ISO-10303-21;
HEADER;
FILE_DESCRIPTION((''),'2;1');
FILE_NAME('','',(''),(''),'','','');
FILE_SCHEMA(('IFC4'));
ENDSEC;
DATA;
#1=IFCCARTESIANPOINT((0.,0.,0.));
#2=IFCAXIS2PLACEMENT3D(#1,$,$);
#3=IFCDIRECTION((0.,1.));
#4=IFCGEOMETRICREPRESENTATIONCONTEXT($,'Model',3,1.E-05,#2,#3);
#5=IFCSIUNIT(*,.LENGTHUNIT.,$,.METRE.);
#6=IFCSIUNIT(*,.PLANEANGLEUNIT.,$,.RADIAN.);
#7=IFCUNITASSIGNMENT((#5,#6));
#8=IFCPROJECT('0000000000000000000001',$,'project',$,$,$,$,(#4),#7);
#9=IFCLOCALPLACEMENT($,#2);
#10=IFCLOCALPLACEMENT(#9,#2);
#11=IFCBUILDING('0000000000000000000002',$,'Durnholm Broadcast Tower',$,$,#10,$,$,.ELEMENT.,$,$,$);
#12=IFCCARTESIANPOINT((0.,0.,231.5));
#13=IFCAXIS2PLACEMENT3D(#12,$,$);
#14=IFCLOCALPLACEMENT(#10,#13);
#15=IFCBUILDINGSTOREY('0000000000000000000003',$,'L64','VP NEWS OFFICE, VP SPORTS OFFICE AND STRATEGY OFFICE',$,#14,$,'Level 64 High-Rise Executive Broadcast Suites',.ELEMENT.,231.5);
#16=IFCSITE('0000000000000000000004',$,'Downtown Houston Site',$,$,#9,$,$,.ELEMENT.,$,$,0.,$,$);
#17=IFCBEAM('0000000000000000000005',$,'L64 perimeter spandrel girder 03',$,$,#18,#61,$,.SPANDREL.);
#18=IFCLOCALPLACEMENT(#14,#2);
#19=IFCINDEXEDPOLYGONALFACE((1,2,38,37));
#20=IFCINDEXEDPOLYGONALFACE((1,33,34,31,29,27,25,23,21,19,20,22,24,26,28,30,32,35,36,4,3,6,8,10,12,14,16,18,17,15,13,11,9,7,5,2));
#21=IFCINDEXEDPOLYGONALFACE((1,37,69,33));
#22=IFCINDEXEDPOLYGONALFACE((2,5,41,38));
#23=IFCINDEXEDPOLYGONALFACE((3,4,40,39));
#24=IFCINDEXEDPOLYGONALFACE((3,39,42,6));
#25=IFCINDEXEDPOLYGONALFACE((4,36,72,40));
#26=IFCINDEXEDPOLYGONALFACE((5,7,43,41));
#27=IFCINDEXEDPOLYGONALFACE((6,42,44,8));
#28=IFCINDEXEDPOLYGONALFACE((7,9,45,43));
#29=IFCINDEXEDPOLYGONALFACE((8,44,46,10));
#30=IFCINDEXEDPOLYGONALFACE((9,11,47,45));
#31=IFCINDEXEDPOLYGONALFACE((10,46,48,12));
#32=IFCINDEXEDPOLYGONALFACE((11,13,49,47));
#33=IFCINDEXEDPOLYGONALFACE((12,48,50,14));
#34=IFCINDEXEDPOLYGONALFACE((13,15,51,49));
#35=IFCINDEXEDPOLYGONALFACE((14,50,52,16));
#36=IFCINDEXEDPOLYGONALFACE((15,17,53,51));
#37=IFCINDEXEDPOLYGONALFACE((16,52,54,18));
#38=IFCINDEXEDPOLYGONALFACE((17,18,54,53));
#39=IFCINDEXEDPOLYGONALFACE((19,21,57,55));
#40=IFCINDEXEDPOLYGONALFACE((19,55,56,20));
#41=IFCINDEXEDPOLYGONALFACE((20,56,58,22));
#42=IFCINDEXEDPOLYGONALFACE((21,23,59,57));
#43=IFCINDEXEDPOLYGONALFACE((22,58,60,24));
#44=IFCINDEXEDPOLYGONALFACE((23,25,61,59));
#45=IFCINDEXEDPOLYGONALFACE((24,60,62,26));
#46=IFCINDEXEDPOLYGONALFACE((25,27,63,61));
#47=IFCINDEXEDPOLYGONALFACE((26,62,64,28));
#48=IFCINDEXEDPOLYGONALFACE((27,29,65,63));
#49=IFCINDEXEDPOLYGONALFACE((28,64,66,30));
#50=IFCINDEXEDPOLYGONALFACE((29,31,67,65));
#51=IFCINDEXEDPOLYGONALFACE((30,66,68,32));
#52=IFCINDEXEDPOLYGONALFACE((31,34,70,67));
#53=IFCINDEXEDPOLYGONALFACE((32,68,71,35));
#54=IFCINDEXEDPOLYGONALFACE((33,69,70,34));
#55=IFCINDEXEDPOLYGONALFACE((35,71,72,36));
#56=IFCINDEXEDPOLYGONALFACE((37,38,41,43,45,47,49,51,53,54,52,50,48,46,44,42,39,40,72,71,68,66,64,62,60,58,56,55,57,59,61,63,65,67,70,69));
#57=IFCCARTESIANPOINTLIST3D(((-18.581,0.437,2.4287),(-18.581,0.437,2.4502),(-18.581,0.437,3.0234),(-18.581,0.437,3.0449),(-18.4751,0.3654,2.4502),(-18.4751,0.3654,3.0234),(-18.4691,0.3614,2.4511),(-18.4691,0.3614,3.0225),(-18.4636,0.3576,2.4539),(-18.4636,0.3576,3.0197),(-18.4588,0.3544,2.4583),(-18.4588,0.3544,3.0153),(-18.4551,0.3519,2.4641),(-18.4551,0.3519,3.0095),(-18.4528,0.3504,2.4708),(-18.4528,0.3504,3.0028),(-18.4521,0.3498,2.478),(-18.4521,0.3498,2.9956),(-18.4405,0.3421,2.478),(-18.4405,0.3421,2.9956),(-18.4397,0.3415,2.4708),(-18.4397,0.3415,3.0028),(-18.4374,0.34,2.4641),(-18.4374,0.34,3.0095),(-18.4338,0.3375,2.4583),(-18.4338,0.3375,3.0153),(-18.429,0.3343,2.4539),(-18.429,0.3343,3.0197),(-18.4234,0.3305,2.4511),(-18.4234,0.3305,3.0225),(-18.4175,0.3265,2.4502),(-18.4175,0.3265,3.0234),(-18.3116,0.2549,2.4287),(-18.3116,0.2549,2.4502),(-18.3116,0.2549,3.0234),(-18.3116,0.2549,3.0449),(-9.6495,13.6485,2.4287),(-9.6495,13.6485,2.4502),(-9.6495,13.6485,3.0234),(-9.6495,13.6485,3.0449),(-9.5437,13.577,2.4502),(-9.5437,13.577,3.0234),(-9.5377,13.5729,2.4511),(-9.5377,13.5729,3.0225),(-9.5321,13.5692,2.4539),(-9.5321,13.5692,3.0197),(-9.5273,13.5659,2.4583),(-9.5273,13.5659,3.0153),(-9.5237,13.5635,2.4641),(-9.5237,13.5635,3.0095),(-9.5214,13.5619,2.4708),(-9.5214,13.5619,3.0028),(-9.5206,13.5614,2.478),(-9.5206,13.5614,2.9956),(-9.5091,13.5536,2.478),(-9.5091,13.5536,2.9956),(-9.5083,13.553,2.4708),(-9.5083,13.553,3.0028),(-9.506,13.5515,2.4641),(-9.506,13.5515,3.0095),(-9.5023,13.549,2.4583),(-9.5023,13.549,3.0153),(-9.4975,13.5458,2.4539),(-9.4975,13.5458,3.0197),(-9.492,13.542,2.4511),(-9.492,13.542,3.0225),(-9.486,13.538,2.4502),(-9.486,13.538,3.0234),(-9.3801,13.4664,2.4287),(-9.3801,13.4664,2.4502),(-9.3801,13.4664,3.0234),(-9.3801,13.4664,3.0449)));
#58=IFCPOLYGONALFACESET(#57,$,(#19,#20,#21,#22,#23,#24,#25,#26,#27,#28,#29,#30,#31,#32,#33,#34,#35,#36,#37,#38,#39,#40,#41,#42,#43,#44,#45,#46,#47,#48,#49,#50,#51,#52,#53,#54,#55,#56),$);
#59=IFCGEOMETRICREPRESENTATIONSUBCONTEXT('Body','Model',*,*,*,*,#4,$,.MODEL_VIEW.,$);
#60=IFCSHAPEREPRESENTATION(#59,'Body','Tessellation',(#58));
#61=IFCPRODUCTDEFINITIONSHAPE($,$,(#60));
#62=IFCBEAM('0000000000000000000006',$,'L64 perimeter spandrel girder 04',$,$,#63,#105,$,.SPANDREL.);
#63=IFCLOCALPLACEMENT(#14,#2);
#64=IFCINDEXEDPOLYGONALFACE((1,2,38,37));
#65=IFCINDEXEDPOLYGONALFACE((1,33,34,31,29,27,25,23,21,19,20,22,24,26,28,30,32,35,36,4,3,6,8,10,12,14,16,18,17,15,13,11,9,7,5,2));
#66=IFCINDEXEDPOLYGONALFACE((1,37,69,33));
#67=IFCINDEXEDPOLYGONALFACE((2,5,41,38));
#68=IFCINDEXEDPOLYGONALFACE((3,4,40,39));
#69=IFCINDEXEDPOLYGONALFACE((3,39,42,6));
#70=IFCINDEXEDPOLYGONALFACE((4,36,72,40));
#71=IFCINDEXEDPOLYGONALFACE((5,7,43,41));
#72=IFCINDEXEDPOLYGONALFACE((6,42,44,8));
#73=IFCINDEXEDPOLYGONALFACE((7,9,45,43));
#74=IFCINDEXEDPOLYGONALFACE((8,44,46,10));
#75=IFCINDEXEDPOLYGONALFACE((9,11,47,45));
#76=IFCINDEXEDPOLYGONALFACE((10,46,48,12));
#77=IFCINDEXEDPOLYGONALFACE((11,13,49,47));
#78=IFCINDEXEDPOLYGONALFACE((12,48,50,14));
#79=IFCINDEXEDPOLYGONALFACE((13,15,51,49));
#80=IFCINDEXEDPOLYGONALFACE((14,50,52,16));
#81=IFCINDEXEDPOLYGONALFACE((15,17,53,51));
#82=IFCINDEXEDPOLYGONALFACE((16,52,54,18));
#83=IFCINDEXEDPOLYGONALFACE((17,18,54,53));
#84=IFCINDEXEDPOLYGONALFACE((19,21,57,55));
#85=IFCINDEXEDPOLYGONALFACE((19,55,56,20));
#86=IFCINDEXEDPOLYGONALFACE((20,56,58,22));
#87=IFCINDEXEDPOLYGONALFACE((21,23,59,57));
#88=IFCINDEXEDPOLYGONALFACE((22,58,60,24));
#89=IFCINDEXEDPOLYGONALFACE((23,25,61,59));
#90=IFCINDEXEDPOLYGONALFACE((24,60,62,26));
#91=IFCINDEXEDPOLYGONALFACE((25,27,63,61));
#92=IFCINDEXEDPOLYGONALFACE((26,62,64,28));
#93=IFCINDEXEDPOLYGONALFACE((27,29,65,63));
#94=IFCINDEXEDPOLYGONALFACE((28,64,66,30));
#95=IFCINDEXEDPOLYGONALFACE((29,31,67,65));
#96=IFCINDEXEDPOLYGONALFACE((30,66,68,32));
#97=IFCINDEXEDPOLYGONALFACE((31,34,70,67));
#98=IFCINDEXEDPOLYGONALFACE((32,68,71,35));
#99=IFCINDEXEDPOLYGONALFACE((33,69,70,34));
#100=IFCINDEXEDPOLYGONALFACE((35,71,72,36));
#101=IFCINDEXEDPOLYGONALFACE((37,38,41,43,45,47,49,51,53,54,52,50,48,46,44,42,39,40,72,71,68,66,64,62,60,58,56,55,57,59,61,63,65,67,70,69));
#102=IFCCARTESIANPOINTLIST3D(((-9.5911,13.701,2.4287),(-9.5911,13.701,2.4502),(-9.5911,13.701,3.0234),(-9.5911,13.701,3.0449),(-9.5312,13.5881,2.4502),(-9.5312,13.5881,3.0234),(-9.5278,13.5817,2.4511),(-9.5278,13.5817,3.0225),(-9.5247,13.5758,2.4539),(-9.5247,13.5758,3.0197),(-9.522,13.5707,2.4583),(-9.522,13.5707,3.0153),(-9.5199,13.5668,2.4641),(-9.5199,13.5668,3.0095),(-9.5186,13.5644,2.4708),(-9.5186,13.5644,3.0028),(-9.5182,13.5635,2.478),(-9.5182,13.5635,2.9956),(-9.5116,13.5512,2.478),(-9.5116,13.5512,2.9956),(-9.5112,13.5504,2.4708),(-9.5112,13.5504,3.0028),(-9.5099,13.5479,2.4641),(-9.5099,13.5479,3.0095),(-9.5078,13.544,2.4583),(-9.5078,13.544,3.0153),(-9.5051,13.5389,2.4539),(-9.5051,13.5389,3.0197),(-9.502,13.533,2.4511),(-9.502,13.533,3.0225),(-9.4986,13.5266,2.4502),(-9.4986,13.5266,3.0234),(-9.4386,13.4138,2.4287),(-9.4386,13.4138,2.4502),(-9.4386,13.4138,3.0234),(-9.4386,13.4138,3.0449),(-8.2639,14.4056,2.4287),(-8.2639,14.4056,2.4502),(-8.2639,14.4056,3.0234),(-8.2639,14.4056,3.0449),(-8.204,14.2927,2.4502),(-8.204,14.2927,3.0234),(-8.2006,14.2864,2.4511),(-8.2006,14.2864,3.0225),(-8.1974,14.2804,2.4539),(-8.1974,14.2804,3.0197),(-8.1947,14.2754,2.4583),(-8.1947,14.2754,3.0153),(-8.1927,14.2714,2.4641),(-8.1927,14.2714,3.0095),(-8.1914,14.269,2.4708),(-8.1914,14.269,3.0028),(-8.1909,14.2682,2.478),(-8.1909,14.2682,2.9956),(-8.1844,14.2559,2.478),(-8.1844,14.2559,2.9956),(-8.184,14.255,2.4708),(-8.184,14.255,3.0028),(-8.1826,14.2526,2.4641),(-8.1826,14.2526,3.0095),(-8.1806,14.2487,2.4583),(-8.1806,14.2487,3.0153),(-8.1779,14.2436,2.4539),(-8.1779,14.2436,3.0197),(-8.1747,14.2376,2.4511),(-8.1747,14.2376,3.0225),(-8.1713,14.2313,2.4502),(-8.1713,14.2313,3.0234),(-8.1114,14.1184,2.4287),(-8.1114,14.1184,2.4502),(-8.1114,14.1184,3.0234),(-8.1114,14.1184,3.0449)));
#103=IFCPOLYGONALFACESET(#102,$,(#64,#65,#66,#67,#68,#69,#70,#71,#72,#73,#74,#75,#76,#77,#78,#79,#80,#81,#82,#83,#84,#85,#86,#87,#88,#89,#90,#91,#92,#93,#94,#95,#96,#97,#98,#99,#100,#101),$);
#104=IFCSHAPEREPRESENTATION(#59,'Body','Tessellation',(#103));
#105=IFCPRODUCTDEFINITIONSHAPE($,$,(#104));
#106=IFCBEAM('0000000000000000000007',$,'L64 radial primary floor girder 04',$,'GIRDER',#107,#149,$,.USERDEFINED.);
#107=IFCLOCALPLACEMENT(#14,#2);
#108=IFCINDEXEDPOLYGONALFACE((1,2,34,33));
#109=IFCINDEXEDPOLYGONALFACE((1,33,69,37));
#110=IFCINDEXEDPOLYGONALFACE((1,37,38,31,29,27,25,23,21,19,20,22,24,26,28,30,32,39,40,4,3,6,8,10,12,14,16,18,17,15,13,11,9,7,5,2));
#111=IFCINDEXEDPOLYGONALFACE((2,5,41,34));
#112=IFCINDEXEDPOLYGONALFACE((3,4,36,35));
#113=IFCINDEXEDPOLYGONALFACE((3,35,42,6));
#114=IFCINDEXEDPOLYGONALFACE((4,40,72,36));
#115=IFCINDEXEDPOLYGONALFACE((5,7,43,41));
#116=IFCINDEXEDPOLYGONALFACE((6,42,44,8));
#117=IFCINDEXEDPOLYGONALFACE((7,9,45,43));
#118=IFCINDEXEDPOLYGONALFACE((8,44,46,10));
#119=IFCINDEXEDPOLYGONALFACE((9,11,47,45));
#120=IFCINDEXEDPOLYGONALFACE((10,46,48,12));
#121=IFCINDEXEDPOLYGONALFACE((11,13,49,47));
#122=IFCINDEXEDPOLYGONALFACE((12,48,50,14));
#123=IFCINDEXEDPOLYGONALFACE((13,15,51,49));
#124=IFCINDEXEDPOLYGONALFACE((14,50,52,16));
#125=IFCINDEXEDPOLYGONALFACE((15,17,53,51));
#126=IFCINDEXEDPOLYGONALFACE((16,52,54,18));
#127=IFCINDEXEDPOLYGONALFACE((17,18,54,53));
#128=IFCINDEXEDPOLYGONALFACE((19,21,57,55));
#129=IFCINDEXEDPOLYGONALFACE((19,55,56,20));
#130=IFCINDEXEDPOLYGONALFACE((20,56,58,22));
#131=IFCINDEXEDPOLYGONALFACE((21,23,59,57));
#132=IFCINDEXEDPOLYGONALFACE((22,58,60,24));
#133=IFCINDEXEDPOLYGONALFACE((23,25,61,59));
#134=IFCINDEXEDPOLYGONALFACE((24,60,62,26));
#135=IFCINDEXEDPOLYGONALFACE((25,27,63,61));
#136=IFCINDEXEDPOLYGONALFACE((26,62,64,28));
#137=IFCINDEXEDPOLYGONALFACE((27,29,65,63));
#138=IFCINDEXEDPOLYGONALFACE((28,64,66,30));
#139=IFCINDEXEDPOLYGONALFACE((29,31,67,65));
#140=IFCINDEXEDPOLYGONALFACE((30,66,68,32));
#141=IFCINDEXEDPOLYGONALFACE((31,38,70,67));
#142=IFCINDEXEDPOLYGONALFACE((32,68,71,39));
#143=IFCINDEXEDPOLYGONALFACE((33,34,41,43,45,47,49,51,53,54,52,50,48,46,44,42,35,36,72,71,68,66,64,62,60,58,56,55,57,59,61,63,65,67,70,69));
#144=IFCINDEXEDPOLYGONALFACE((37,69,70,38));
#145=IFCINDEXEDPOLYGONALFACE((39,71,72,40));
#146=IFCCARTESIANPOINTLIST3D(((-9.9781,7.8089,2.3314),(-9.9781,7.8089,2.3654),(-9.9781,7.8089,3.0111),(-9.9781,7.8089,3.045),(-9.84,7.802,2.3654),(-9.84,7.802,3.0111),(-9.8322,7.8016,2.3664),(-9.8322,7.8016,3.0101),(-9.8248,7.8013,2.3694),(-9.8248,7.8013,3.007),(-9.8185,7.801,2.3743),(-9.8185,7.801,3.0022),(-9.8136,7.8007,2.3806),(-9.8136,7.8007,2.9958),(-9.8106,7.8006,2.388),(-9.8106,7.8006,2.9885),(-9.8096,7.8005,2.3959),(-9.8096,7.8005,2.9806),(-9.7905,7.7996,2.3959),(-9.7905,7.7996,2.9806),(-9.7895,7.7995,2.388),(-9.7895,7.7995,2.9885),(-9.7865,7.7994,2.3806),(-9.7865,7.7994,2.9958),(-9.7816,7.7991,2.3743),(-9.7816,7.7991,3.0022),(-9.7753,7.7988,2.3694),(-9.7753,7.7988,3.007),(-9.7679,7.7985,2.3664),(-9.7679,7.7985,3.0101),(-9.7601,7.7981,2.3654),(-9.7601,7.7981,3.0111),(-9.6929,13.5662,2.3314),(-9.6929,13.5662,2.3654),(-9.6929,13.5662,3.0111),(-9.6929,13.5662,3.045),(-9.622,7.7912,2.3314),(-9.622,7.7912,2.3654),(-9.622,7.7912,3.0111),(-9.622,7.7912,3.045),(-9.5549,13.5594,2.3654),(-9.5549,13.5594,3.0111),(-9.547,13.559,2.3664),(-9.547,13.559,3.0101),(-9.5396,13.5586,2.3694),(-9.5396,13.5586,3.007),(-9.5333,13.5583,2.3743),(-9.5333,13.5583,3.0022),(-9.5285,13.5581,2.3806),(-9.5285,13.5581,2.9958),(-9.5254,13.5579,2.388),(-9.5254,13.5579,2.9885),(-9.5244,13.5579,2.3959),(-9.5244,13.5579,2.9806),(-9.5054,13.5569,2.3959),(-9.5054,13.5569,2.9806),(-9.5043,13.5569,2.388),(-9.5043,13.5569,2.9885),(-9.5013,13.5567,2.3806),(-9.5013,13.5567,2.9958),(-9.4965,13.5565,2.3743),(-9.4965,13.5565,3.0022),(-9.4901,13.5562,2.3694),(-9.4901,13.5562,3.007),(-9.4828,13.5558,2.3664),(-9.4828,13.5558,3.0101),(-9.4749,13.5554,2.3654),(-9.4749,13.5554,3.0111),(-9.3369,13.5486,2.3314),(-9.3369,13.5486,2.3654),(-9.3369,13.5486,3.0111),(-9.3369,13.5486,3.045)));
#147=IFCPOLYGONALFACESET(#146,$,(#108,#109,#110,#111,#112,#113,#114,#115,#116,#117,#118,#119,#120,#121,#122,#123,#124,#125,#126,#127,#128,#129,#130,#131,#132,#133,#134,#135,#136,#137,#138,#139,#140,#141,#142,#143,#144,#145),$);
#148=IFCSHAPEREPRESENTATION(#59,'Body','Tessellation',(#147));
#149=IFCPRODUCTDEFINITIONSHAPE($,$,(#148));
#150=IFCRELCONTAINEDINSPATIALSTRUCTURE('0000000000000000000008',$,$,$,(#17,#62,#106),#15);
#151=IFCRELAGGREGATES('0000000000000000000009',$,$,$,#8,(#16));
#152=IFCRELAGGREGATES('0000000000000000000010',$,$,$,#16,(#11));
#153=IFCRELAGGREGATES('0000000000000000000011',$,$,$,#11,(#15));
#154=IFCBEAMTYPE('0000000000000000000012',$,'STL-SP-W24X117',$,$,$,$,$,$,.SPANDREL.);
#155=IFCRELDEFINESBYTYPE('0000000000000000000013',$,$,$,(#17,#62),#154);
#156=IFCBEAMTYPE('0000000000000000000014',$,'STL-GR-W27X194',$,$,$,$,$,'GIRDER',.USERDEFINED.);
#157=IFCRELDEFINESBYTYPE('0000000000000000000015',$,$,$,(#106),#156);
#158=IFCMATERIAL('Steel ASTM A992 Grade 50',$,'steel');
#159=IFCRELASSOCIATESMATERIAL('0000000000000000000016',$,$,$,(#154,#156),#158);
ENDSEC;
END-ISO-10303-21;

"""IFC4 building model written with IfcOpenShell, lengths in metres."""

from ifc_helpers import new_model, si_unit, direction, frame, origin, origin_2d, place, context, subcontext, project, spatial, i_section, extrude, source, transform, mapped, material, material_profile, profile_set, type_object, type_shapes, element, save


model = new_model("IFC4")

# Units and contexts
model_context = context("Model", 3, precision=1e-05, world=origin(), true_north=direction((0.0, 1.0)))
body_context = subcontext(model_context, "Body", "Model", "MODEL_VIEW")
ifc_project = project(units=[si_unit("LENGTHUNIT", "METRE"), si_unit("PLANEANGLEUNIT", "RADIAN")], contexts=[model_context])

# Site, building, storey
site_placement = place(None, origin())
site = spatial("IfcSite", under=ifc_project, at=site_placement, Name="Downtown Houston Site", CompositionType="ELEMENT", RefElevation=0.0)
building_placement = place(site_placement, origin())
building = spatial("IfcBuilding", under=site, at=building_placement, Name="Durnholm Broadcast Tower", CompositionType="ELEMENT")
storey_placement = place(building_placement, frame((0.0, 0.0, 231.5)))
storey = spatial("IfcBuildingStorey", under=building, at=storey_placement, Name="L64", Description="VP NEWS OFFICE, VP SPORTS OFFICE AND STRATEGY OFFICE", LongName="Level 64 High-Rise Executive Broadcast Suites", CompositionType="ELEMENT", Elevation=231.5)

# Beams
ifc_material_1 = material(Name="Steel ASTM A992 Grade 50", Category="steel")
ifc_material_profile_1 = material_profile(ifc_material_1, i_section(OverallWidth=0.3252, OverallDepth=0.6162, WebThickness=0.0139, FlangeThickness=0.0215, FilletRadius=0.0278, at=origin_2d()), Name="W24X117")
ifc_profile_set_1 = profile_set([ifc_material_profile_1], Name="Steel ASTM A992 Grade 50")
beam_type_1 = type_object("IfcBeamType", Name="STL-SP-W24X117", PredefinedType="SPANDREL", material=ifc_profile_set_1)
shared_shape_1 = source(origin(), body_context, "Body", "SweptSolid", [
    extrude(i_section(OverallWidth=0.3252, OverallDepth=0.6162, WebThickness=0.0139, FlangeThickness=0.0215, FilletRadius=0.0278, at=origin_2d()), origin(), (0.0, 0.0, 1.0), 15.9473),
])
beam_1_placement = place(storey_placement, frame((-18.4463, 0.3459, 2.7368), z_axis=(0.560062, 0.828451, 0.0), x_axis=(-0.828451, 0.560062, 0.0)))
element("IfcBeam", 1, at=beam_1_placement, inside=storey, type_object=beam_type_1, Name="L64 perimeter spandrel girder 03", PredefinedType="SPANDREL", context=body_context, shape_type="MappedRepresentation", body=[
    mapped(shared_shape_1, transform((0.0, 0.0, 0.0), x_axis=(1.0, 0.0, 0.0), y_axis=(0.0, 1.0, 0.0), z_axis=(0.0, 0.0, 1.0), scale=1.0)),
])
shared_shape_2 = source(origin(), body_context, "Body", "SweptSolid", [
    extrude(i_section(OverallWidth=0.3252, OverallDepth=0.6162, WebThickness=0.0139, FlangeThickness=0.0215, FilletRadius=0.0278, at=origin_2d()), origin(), (0.0, 0.0, 1.0), 1.5027),
])
type_shapes(beam_type_1, [shared_shape_1, shared_shape_2])
beam_2_placement = place(storey_placement, frame((-9.5149, 13.5574, 2.7368), z_axis=(0.883242, 0.468918, 0.0), x_axis=(-0.468918, 0.883242, 0.0)))
element("IfcBeam", 2, at=beam_2_placement, inside=storey, type_object=beam_type_1, Name="L64 perimeter spandrel girder 04", PredefinedType="SPANDREL", context=body_context, shape_type="MappedRepresentation", body=[
    mapped(shared_shape_2, transform((0.0, 0.0, 0.0), x_axis=(1.0, 0.0, 0.0), y_axis=(0.0, 1.0, 0.0), z_axis=(0.0, 0.0, 1.0), scale=1.0)),
])
ifc_material_profile_2 = material_profile(ifc_material_1, i_section(OverallWidth=0.3564, OverallDepth=0.7136, WebThickness=0.019, FlangeThickness=0.0339, FilletRadius=0.0305, at=origin_2d()), Name="W27X194")
ifc_profile_set_2 = profile_set([ifc_material_profile_2], Name="Steel ASTM A992 Grade 50")
beam_type_2 = type_object("IfcBeamType", Name="STL-GR-W27X194", ElementType="GIRDER", PredefinedType="USERDEFINED", material=ifc_profile_set_2)
shared_shape_3 = source(origin(), body_context, "Body", "SweptSolid", [
    extrude(i_section(OverallWidth=0.3564, OverallDepth=0.7136, WebThickness=0.019, FlangeThickness=0.0339, FilletRadius=0.0305, at=origin_2d()), origin(), (0.0, 0.0, 1.0), 5.7644),
])
beam_3_placement = place(storey_placement, frame((-9.8, 7.8, 2.6882), z_axis=(0.049469, 0.998776, 0.0), x_axis=(-0.998776, 0.049469, 0.0)))
element("IfcBeam", 3, at=beam_3_placement, inside=storey, type_object=beam_type_2, Name="L64 radial primary floor girder 04", ObjectType="GIRDER", PredefinedType="USERDEFINED", context=body_context, shape_type="MappedRepresentation", body=[
    mapped(shared_shape_3, transform((0.0, 0.0, 0.0), x_axis=(1.0, 0.0, 0.0), y_axis=(0.0, 1.0, 0.0), z_axis=(0.0, 0.0, 1.0), scale=1.0)),
])

save(model, "model.ifc")
